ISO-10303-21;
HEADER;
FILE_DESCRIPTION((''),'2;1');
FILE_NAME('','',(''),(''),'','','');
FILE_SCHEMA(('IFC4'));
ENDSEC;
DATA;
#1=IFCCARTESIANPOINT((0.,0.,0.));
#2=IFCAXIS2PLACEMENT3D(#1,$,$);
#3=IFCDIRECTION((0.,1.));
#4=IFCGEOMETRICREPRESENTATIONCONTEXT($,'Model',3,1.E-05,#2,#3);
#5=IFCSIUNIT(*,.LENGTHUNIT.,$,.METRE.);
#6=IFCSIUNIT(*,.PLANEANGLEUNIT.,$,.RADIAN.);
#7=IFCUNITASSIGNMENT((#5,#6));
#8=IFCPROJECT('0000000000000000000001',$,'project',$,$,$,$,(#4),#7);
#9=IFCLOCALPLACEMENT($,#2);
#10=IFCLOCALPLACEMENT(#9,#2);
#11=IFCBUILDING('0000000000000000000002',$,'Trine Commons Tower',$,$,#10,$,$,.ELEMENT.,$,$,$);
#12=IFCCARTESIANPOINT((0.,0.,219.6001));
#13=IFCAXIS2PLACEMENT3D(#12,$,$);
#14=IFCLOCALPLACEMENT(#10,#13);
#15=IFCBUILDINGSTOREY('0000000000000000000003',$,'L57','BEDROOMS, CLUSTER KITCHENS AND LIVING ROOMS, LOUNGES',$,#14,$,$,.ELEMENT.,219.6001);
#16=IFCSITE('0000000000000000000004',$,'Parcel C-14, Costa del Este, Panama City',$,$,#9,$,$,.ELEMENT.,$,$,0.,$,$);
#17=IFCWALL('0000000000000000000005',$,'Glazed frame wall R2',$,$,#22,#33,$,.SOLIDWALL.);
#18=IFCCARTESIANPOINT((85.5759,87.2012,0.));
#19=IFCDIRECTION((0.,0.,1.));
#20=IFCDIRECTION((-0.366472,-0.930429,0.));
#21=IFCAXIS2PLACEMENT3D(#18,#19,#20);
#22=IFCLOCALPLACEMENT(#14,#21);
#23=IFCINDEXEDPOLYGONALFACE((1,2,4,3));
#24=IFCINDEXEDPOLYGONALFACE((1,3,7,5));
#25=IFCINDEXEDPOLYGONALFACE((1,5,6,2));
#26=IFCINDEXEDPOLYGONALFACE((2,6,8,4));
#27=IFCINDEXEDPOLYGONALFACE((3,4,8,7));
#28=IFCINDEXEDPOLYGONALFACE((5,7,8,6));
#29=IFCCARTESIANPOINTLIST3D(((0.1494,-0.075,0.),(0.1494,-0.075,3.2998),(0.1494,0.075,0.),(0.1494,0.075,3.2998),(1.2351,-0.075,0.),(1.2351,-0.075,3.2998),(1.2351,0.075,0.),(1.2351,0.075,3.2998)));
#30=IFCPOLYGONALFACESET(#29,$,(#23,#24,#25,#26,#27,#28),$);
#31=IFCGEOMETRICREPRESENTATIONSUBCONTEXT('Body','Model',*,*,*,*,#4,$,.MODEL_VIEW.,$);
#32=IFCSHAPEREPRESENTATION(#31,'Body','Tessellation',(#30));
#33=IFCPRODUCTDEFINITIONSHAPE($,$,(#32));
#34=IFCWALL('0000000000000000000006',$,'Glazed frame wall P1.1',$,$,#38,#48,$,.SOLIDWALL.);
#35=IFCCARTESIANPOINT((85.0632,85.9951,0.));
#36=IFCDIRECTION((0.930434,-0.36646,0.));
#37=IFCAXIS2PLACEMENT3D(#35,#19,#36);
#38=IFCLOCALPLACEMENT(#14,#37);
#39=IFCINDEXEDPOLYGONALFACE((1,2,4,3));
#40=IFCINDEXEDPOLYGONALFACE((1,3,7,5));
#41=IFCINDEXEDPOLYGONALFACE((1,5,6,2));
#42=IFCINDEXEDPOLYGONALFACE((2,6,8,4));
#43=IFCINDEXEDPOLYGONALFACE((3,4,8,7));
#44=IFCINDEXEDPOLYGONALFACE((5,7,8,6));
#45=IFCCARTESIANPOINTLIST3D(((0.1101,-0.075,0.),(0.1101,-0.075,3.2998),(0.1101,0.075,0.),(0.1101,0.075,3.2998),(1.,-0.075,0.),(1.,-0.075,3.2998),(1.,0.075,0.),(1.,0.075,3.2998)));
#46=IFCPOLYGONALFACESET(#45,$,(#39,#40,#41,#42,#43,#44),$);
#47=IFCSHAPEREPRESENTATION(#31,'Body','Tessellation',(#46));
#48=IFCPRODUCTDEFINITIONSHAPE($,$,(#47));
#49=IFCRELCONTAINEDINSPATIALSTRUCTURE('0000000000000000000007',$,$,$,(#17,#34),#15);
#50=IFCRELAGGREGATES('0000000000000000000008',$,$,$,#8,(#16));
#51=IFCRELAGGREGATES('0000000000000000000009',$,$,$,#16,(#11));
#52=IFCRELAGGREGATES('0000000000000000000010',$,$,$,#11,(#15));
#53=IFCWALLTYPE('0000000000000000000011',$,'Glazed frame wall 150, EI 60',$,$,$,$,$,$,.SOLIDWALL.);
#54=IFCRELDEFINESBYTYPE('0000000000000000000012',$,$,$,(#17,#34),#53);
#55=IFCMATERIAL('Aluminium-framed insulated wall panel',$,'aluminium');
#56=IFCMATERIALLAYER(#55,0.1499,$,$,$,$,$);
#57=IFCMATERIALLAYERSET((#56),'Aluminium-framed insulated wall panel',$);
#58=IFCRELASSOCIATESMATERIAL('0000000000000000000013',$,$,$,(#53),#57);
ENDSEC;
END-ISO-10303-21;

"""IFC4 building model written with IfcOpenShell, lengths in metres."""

from ifc_helpers import new_model, si_unit, direction, frame, origin, place, context, subcontext, project, spatial, polyline, outline, extrude, material, layer, layer_set, type_object, element, save


model = new_model("IFC4")

# Units and contexts
model_context = context("Model", 3, precision=1e-05, world=origin(), true_north=direction((0.0, 1.0)))
body_context = subcontext(model_context, "Body", "Model", "MODEL_VIEW")
ifc_project = project(units=[si_unit("LENGTHUNIT", "METRE"), si_unit("PLANEANGLEUNIT", "RADIAN")], contexts=[model_context])

# Site, building, storey
site_placement = place(None, origin())
site = spatial("IfcSite", under=ifc_project, at=site_placement, Name="Parcel C-14, Costa del Este, Panama City", CompositionType="ELEMENT", RefElevation=0.0)
building_placement = place(site_placement, origin())
building = spatial("IfcBuilding", under=site, at=building_placement, Name="Trine Commons Tower", CompositionType="ELEMENT")
storey_placement = place(building_placement, frame((0.0, 0.0, 219.6001)))
storey = spatial("IfcBuildingStorey", under=building, at=storey_placement, Name="L57", Description="BEDROOMS, CLUSTER KITCHENS AND LIVING ROOMS, LOUNGES", CompositionType="ELEMENT", Elevation=219.6001)

# Walls
ifc_material_1 = material(Name="Aluminium-framed insulated wall panel", Category="aluminium")
ifc_layer_1 = layer(ifc_material_1, 0.1499)
ifc_layer_set_1 = layer_set([ifc_layer_1], Name="Aluminium-framed insulated wall panel")
wall_type_1 = type_object("IfcWallType", Name="Glazed frame wall 150, EI 60", PredefinedType="SOLIDWALL", material=ifc_layer_set_1)
wall_1_placement = place(storey_placement, frame((85.5759, 87.2012, 0.0), z_axis=(0.0, 0.0, 1.0), x_axis=(-0.366472, -0.930429, 0.0)))
element("IfcWall", 1, at=wall_1_placement, inside=storey, type_object=wall_type_1, Name="Glazed frame wall R2", PredefinedType="SOLIDWALL", context=body_context, shape_type="SweptSolid", body=[
    extrude(outline(polyline([(0.1494, 0.075), (0.1494, -0.075), (1.2351, -0.075), (1.2351, 0.075), (0.1494, 0.075)])), origin(), (0.0, 0.0, 1.0), 3.2998),
])
wall_2_placement = place(storey_placement, frame((85.0632, 85.9951, 0.0), z_axis=(0.0, 0.0, 1.0), x_axis=(0.930434, -0.36646, 0.0)))
element("IfcWall", 2, at=wall_2_placement, inside=storey, type_object=wall_type_1, Name="Glazed frame wall P1.1", PredefinedType="SOLIDWALL", context=body_context, shape_type="SweptSolid", body=[
    extrude(outline(polyline([(0.1101, -0.075), (1.0, -0.075), (1.0, 0.075), (0.1101, 0.075), (0.1101, -0.075)])), origin(), (0.0, 0.0, 1.0), 3.2998),
])

save(model, "model.ifc")
